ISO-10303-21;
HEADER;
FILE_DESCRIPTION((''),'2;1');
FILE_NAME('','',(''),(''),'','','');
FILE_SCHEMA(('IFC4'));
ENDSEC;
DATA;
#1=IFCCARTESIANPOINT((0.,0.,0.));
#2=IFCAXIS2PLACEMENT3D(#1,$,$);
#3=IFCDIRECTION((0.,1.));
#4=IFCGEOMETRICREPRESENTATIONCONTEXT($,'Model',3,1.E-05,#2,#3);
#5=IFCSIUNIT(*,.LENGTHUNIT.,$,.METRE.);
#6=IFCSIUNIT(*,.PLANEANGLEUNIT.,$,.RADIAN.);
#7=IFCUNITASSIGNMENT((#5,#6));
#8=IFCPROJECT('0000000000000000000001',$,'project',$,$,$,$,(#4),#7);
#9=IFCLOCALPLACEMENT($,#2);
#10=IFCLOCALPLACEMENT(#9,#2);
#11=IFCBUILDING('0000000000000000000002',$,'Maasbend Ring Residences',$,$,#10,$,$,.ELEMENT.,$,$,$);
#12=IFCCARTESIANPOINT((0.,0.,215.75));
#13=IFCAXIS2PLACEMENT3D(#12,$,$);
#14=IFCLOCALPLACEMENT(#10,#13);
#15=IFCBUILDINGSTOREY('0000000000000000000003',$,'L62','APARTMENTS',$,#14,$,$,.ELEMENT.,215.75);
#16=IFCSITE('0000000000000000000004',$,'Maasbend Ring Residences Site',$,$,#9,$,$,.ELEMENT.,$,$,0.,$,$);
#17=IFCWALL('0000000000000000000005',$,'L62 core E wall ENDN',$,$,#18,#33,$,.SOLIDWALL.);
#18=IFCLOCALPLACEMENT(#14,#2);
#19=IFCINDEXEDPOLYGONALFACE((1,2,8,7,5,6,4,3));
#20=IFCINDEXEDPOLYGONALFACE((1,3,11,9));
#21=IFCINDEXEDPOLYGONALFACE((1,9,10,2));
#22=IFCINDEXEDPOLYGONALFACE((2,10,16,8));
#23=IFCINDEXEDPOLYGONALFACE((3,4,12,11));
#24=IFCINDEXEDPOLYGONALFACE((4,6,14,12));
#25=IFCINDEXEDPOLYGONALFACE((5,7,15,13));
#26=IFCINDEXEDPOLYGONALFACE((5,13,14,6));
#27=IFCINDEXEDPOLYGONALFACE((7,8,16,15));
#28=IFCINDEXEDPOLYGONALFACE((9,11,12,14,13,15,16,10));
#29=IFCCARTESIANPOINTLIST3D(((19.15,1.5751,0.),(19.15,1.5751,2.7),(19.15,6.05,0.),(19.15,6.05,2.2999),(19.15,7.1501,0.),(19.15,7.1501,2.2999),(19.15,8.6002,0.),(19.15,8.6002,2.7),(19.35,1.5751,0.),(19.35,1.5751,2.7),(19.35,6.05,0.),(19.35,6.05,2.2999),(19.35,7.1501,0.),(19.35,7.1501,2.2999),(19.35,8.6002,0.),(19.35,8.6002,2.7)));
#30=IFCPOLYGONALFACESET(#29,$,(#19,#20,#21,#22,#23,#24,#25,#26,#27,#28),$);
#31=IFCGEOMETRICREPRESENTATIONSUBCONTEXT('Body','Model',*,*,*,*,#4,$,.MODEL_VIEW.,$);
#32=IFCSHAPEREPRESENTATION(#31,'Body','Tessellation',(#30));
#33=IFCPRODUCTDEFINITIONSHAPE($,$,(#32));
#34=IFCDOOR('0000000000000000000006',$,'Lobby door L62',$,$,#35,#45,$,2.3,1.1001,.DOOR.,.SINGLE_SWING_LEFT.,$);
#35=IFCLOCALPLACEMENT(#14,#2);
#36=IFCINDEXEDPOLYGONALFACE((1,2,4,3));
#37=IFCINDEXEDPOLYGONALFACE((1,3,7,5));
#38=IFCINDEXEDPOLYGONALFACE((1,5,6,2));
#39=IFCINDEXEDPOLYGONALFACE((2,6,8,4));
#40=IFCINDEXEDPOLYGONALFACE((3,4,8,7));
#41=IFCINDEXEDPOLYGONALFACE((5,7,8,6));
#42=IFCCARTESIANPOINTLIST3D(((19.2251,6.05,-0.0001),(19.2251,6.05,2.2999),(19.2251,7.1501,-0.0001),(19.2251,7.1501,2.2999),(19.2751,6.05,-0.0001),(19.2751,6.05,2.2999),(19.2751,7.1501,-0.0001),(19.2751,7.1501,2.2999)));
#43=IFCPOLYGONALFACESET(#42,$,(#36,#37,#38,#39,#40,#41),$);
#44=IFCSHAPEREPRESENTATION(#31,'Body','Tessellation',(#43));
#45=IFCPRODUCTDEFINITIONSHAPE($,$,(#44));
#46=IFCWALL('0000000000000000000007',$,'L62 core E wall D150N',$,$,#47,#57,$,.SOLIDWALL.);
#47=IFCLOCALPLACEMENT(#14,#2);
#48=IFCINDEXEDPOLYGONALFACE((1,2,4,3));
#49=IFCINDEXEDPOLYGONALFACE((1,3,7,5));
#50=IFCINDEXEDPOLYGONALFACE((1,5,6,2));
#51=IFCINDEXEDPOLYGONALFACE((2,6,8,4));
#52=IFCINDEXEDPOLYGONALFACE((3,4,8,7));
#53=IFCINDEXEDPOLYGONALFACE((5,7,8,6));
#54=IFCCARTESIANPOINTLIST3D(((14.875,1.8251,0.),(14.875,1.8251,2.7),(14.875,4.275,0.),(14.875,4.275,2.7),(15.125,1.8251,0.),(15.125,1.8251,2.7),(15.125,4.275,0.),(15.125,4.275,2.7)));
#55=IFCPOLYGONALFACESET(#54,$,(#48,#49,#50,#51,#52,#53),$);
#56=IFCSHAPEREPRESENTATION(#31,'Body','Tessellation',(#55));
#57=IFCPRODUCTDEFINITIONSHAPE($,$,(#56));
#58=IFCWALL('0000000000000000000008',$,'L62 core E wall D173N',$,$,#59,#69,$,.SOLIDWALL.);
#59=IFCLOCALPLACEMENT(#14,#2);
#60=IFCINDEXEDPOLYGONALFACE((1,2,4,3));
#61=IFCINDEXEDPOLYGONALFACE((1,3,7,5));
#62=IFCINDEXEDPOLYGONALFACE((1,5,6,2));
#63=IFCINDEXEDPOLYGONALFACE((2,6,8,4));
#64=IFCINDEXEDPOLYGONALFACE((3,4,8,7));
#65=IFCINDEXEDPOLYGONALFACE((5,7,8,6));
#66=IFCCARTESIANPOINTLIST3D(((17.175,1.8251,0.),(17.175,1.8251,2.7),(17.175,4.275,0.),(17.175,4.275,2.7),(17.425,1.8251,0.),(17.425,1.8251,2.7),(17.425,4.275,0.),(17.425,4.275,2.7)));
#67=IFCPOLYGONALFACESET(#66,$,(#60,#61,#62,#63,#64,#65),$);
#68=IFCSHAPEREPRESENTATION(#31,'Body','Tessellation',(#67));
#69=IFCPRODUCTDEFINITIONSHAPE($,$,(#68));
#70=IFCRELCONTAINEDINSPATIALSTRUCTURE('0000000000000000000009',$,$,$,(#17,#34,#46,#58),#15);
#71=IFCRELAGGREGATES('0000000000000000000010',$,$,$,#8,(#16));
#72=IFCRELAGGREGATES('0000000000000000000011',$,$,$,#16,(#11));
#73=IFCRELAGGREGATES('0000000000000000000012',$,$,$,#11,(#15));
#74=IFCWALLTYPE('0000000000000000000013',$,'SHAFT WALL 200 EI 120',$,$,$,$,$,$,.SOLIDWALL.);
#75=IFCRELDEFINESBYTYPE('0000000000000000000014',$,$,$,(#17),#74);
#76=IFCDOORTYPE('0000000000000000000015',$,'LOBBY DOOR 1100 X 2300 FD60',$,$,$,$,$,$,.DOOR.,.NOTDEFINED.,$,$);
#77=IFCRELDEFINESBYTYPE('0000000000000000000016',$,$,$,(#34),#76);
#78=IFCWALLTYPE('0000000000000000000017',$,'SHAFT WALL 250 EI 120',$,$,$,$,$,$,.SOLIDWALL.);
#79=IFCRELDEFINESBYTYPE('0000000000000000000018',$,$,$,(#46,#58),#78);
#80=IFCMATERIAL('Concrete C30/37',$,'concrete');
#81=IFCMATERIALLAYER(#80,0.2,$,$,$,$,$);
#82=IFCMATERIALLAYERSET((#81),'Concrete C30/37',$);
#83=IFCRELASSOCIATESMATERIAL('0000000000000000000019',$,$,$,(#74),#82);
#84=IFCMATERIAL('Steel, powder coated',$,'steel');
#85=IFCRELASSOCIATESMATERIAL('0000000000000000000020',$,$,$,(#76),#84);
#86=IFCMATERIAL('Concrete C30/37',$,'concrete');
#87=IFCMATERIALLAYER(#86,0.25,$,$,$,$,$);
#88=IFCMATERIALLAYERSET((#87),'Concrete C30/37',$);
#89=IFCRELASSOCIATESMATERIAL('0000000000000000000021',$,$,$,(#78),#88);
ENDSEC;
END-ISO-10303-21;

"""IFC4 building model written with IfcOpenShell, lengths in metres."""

from ifc_helpers import new_model, si_unit, direction, frame, frame_2d, origin, place, context, subcontext, project, spatial, rectangle, extrude, material, layer, layer_set, type_object, element, fill, save


model = new_model("IFC4")

# Units and contexts
model_context = context("Model", 3, precision=1e-05, world=origin(), true_north=direction((0.0, 1.0)))
body_context = subcontext(model_context, "Body", "Model", "MODEL_VIEW")
ifc_project = project(units=[si_unit("LENGTHUNIT", "METRE"), si_unit("PLANEANGLEUNIT", "RADIAN")], contexts=[model_context])

# Site, building, storey
site_placement = place(None, origin())
site = spatial("IfcSite", under=ifc_project, at=site_placement, Name="Maasbend Ring Residences Site", CompositionType="ELEMENT", RefElevation=0.0)
building_placement = place(site_placement, origin())
building = spatial("IfcBuilding", under=site, at=building_placement, Name="Maasbend Ring Residences", CompositionType="ELEMENT")
storey_placement = place(building_placement, frame((0.0, 0.0, 215.75)))
storey = spatial("IfcBuildingStorey", under=building, at=storey_placement, Name="L62", Description="APARTMENTS", CompositionType="ELEMENT", Elevation=215.75)

# Wall, opening, door
ifc_material_1 = material(Name="Concrete C30/37", Category="concrete")
ifc_layer_1 = layer(ifc_material_1, 0.2)
ifc_layer_set_1 = layer_set([ifc_layer_1], Name="Concrete C30/37")
wall_type_1 = type_object("IfcWallType", Name="SHAFT WALL 200 EI 120", PredefinedType="SOLIDWALL", material=ifc_layer_set_1)
wall_1_placement = place(storey_placement, frame((19.25, 1.575, 0.0), z_axis=(0.0, 0.0, 1.0), x_axis=(0.0, 1.0, 0.0)))
wall_1 = element("IfcWall", 1, at=wall_1_placement, inside=storey, type_object=wall_type_1, Name="L62 core E wall ENDN", PredefinedType="SOLIDWALL", context=body_context, shape_type="SweptSolid", body=[
    extrude(rectangle(XDim=7.0251, YDim=0.2, at=frame_2d((3.5127, 0.0))), origin(), (0.0, 0.0, 1.0), 2.7),
])
opening_1_placement = place(wall_1_placement, frame((4.4751, 0.0, 0.0)))
opening_1 = element("IfcOpeningElement", 2, at=opening_1_placement, cuts=wall_1, PredefinedType="OPENING", context=body_context, shape_type="SweptSolid", body=[
    extrude(rectangle(XDim=1.1001, YDim=2.3, at=frame_2d((0.55, 1.1499))), frame((0.0, 0.1099, 0.0), z_axis=(0.0, -1.0, 0.0), x_axis=(1.0, 0.0, 0.0)), (0.0, 0.0, 1.0), 0.22),
])
ifc_material_2 = material(Name="Steel, powder coated", Category="steel")
door_type_1 = type_object("IfcDoorType", Name="LOBBY DOOR 1100 X 2300 FD60", OperationType="NOTDEFINED", PredefinedType="DOOR", material=ifc_material_2)
door_1_placement = place(opening_1_placement, origin())
door_1 = element("IfcDoor", 3, at=door_1_placement, inside=storey, type_object=door_type_1, Name="Lobby door L62", OperationType="SINGLE_SWING_LEFT", OverallHeight=2.3, OverallWidth=1.1001, PredefinedType="DOOR", context=body_context, shape_type="SweptSolid", body=[
    extrude(rectangle(XDim=1.1001, YDim=2.3, at=frame_2d((0.55, 1.1499))), frame((0.0, 0.0249, 0.0), z_axis=(0.0, -1.0, 0.0), x_axis=(1.0, 0.0, 0.0)), (0.0, 0.0, 1.0), 0.05),
])
fill(opening_1, door_1)

# Walls
ifc_material_3 = material(Name="Concrete C30/37", Category="concrete")
ifc_layer_2 = layer(ifc_material_3, 0.25)
ifc_layer_set_2 = layer_set([ifc_layer_2], Name="Concrete C30/37")
wall_type_2 = type_object("IfcWallType", Name="SHAFT WALL 250 EI 120", PredefinedType="SOLIDWALL", material=ifc_layer_set_2)
for number, where, z_axis, x_axis, name in (
    (4, (15.0, 1.825, 0.0), (0.0, 0.0, 1.0), (0.0, 1.0, 0.0), "L62 core E wall D150N"),
    (5, (17.3, 1.825, 0.0), (0.0, 0.0, 1.0), (0.0, 1.0, 0.0), "L62 core E wall D173N"),
):
    element("IfcWall", number, at=place(storey_placement, frame(where, z_axis=z_axis, x_axis=x_axis)), inside=storey, type_object=wall_type_2, Name=name, PredefinedType="SOLIDWALL", context=body_context, shape_type="SweptSolid", body=[
        extrude(rectangle(XDim=2.45, YDim=0.25, at=frame_2d((1.2251, 0.0))), origin(), (0.0, 0.0, 1.0), 2.7),
    ])

save(model, "model.ifc")
